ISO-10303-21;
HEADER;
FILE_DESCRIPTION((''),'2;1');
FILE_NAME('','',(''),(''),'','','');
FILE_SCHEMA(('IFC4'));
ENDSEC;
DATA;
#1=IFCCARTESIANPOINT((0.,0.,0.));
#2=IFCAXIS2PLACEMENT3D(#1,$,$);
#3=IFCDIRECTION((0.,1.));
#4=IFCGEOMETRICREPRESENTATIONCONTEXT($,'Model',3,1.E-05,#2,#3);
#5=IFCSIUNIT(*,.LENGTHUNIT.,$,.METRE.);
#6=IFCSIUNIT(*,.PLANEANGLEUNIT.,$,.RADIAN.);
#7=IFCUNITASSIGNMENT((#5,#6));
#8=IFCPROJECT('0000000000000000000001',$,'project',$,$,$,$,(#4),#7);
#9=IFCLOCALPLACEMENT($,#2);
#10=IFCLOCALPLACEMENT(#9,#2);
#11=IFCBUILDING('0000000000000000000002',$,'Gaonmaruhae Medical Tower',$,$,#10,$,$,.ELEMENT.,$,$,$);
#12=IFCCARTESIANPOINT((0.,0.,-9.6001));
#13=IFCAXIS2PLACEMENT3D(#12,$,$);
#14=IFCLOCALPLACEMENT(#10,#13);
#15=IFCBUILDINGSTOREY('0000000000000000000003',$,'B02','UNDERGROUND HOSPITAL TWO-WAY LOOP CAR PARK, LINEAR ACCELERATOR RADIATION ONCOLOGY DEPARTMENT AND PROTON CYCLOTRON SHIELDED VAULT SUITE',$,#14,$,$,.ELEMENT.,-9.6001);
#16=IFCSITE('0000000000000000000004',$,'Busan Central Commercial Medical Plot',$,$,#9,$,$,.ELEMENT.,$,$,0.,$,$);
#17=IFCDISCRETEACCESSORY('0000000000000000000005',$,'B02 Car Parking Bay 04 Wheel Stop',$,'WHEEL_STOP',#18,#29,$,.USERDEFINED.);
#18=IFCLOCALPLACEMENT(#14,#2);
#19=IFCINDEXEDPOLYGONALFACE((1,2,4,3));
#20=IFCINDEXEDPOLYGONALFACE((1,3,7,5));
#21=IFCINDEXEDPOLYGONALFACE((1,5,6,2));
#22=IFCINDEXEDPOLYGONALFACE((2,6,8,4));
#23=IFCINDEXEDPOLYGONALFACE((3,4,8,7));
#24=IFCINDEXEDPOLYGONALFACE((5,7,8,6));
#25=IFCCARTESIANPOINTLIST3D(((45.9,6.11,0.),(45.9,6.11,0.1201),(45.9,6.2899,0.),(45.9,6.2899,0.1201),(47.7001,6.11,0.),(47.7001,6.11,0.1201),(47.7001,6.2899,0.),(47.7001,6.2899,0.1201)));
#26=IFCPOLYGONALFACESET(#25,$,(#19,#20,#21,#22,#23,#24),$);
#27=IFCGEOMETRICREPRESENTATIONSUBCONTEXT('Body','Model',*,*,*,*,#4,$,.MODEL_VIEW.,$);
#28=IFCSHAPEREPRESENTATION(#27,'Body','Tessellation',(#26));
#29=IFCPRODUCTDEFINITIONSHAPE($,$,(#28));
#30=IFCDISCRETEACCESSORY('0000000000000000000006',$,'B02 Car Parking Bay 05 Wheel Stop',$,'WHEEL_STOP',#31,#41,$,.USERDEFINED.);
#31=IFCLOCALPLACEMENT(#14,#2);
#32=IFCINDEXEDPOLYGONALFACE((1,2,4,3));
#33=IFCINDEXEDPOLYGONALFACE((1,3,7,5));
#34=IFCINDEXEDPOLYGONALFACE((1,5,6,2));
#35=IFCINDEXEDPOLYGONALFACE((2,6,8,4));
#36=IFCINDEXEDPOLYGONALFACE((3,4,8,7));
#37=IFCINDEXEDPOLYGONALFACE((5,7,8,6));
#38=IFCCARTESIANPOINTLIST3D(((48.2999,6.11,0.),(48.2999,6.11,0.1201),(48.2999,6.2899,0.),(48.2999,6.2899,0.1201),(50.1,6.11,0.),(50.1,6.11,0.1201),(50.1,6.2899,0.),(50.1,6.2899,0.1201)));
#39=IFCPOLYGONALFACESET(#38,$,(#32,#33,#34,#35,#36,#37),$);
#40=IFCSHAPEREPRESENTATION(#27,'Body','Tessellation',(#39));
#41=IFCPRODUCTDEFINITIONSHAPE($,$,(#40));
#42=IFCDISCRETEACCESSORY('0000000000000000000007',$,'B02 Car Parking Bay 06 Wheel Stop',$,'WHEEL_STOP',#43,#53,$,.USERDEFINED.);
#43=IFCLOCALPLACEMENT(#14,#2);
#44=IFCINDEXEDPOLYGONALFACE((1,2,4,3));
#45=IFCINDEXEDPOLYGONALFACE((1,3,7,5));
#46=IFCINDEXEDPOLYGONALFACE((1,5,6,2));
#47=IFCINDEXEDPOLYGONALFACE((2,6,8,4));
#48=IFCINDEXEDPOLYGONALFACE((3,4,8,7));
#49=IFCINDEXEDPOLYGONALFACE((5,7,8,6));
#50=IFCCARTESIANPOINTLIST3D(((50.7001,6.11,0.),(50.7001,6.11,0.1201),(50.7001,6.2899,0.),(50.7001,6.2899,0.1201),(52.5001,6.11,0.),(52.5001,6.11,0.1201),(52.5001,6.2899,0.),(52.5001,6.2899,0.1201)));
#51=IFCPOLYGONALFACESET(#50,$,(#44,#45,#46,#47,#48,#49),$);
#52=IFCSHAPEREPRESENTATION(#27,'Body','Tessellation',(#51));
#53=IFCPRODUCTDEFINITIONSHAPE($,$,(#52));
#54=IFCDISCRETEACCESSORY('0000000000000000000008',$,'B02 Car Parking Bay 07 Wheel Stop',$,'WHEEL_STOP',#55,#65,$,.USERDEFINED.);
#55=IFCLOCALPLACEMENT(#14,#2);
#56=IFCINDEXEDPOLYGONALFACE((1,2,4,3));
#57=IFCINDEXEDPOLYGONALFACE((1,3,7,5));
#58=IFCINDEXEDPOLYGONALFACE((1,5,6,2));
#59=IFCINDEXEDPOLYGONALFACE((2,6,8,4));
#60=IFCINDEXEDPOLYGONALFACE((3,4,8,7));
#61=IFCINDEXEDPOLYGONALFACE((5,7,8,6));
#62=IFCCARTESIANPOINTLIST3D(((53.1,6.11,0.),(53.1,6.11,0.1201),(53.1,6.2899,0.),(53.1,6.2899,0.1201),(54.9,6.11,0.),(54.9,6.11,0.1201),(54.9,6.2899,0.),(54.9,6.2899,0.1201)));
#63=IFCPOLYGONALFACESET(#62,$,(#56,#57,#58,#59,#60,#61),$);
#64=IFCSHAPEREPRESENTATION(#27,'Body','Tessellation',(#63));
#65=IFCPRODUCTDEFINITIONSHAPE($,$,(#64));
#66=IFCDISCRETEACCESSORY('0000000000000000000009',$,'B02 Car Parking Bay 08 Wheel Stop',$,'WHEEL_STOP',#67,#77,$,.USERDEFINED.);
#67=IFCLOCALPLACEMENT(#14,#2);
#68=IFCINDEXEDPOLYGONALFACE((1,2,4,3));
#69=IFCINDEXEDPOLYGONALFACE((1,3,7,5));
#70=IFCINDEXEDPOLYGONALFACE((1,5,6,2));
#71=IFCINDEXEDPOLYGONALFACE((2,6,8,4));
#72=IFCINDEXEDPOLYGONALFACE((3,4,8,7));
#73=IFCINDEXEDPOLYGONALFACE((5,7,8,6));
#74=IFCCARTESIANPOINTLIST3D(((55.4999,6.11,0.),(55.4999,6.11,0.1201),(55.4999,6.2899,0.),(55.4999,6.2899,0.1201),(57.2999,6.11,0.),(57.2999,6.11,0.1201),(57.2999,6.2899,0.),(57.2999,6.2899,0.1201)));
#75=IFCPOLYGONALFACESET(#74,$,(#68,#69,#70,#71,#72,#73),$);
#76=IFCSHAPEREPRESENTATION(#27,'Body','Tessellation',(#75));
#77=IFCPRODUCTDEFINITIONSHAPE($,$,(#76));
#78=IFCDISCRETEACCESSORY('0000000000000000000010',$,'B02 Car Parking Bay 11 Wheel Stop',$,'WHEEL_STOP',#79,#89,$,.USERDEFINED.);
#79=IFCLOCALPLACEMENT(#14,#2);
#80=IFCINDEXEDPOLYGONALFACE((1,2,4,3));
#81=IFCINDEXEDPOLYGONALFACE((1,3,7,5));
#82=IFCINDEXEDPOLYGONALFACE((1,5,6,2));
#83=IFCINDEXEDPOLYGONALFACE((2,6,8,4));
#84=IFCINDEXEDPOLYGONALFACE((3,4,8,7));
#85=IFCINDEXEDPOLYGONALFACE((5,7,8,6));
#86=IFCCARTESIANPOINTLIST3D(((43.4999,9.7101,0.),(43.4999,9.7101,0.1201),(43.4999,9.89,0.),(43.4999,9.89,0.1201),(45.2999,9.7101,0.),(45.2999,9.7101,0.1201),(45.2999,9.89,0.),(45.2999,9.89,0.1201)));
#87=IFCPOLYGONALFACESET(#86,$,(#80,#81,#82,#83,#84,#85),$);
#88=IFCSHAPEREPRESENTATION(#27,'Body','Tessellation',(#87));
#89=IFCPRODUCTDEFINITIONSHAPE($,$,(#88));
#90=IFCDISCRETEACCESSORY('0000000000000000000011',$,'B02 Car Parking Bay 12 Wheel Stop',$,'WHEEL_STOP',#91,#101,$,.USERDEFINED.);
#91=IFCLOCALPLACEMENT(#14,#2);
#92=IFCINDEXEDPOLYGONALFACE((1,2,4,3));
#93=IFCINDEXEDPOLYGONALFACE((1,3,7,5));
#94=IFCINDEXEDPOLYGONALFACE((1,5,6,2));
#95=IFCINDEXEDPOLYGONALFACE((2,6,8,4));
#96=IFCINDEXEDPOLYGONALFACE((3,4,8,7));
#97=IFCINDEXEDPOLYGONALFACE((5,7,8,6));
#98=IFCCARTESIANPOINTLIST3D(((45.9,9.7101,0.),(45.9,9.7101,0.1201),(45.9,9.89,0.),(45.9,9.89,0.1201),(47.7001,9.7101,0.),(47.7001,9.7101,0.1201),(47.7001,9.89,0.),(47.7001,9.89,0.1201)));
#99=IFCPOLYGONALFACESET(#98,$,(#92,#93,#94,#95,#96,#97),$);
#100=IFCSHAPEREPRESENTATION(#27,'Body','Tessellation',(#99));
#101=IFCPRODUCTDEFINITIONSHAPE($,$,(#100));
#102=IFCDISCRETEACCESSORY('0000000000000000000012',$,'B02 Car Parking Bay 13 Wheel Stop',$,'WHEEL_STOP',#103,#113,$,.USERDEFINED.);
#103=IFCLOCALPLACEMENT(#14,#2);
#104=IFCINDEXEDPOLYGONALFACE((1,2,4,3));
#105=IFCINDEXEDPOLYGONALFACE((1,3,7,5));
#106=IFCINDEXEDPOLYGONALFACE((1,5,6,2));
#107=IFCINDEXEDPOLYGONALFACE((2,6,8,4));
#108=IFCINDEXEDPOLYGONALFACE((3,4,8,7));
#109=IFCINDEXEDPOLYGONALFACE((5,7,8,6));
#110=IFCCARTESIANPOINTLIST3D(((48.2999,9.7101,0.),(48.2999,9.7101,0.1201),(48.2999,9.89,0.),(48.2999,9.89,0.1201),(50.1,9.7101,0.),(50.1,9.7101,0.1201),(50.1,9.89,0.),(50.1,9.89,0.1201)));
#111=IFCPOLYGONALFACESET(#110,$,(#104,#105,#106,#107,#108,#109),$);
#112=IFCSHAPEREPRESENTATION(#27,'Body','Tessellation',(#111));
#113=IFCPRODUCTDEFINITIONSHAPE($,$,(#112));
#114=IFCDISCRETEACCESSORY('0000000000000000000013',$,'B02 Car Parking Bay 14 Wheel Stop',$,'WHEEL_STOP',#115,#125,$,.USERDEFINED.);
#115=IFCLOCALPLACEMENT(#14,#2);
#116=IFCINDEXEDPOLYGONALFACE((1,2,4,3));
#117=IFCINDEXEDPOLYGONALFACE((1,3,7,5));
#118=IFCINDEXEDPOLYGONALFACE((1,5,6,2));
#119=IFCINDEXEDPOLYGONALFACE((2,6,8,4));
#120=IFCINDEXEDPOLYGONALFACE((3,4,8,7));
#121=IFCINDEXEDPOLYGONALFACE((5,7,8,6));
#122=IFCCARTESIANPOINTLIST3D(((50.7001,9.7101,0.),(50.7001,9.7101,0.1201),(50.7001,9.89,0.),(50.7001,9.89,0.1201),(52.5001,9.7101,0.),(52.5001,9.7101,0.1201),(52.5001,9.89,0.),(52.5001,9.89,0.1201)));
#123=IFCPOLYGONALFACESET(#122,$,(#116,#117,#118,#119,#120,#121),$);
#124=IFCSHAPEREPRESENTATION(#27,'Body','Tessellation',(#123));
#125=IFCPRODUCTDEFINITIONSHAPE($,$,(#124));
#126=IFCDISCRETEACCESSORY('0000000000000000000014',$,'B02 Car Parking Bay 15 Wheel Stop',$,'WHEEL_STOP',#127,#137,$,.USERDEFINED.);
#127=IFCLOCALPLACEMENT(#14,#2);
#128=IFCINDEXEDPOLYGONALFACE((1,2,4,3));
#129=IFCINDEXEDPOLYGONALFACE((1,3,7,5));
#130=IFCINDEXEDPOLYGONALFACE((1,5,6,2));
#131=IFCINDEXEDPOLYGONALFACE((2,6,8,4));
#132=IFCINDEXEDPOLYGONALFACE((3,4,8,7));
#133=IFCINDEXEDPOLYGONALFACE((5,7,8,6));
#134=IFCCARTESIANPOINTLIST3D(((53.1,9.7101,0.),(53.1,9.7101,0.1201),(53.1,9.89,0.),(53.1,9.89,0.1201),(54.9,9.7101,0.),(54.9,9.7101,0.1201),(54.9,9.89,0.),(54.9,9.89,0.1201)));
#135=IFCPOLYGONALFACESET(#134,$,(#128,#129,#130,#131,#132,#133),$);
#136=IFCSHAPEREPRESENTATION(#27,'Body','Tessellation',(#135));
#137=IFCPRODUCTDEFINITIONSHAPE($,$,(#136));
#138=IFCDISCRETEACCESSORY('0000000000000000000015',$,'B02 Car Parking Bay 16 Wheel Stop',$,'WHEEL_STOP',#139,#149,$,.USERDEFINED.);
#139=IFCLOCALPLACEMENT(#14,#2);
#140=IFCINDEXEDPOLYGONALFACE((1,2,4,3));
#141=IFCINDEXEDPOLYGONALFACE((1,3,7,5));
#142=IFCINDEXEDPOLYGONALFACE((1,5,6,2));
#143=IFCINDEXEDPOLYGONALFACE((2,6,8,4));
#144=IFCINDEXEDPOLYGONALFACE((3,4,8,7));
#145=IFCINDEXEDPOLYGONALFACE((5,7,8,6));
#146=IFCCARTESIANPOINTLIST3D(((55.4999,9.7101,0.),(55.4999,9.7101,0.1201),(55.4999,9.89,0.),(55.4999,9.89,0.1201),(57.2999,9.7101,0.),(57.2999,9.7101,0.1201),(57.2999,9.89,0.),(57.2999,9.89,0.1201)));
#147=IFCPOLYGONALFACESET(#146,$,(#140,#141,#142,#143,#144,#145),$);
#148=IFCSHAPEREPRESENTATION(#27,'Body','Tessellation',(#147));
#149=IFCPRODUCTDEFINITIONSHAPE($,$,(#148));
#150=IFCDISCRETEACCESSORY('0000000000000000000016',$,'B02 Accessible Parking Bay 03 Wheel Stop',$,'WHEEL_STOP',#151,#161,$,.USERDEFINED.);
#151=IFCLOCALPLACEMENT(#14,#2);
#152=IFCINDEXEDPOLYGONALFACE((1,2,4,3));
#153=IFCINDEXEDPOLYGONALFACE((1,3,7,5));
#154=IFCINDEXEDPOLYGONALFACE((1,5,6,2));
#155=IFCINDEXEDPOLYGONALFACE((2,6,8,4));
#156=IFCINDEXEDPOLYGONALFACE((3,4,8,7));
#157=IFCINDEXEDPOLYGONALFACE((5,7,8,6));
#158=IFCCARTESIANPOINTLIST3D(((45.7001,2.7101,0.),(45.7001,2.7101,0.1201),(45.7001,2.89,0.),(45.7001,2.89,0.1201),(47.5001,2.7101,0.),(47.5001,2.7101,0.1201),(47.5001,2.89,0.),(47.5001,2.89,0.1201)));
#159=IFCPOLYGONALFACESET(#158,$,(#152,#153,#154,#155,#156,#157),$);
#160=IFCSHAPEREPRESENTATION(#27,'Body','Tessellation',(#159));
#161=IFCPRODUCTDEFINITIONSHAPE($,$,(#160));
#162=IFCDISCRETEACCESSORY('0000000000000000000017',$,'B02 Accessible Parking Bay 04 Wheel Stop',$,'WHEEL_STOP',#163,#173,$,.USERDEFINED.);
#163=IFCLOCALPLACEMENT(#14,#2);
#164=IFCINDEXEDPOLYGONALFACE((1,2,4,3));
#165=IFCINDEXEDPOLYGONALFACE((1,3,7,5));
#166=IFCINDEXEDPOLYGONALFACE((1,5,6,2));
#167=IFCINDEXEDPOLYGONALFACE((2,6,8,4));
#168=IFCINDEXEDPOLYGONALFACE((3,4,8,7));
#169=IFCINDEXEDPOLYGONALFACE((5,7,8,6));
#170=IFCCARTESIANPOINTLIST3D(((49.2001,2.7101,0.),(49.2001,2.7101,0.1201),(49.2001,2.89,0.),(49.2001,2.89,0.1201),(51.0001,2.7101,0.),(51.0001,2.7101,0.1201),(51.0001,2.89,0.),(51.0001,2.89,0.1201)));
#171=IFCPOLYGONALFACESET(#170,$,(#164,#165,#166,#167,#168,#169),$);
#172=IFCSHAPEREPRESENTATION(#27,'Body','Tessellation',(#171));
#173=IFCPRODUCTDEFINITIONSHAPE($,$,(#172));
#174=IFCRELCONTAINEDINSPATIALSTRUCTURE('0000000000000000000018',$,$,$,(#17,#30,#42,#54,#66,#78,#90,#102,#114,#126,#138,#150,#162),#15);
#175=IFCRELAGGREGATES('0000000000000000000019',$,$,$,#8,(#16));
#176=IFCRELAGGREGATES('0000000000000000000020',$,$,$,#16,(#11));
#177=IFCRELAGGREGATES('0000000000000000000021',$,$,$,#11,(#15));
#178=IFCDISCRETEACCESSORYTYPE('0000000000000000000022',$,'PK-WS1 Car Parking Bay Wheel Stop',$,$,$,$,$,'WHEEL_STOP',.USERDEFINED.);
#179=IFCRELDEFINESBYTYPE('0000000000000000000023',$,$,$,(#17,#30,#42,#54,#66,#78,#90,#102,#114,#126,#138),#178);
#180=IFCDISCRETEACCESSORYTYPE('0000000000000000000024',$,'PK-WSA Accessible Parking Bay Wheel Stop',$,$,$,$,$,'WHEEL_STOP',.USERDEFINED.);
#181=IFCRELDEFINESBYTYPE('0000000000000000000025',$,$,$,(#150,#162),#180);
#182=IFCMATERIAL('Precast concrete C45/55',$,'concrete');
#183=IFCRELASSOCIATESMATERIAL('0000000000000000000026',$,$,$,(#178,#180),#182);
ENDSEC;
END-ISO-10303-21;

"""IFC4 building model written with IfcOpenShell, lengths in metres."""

from ifc_helpers import new_model, si_unit, direction, frame, origin, origin_2d, place, context, subcontext, project, spatial, rectangle, extrude, material, type_object, element, save


model = new_model("IFC4")

# Units and contexts
model_context = context("Model", 3, precision=1e-05, world=origin(), true_north=direction((0.0, 1.0)))
body_context = subcontext(model_context, "Body", "Model", "MODEL_VIEW")
ifc_project = project(units=[si_unit("LENGTHUNIT", "METRE"), si_unit("PLANEANGLEUNIT", "RADIAN")], contexts=[model_context])

# Site, building, storey
site_placement = place(None, origin())
site = spatial("IfcSite", under=ifc_project, at=site_placement, Name="Busan Central Commercial Medical Plot", CompositionType="ELEMENT", RefElevation=0.0)
building_placement = place(site_placement, origin())
building = spatial("IfcBuilding", under=site, at=building_placement, Name="Gaonmaruhae Medical Tower", CompositionType="ELEMENT")
storey_placement = place(building_placement, frame((0.0, 0.0, -9.6001)))
storey = spatial("IfcBuildingStorey", under=building, at=storey_placement, Name="B02", Description="UNDERGROUND HOSPITAL TWO-WAY LOOP CAR PARK, LINEAR ACCELERATOR RADIATION ONCOLOGY DEPARTMENT AND PROTON CYCLOTRON SHIELDED VAULT SUITE", CompositionType="ELEMENT", Elevation=-9.6001)

# Discrete accessories
ifc_material_1 = material(Name="Precast concrete C45/55", Category="concrete")
discrete_accessory_type_1 = type_object("IfcDiscreteAccessoryType", Name="PK-WS1 Car Parking Bay Wheel Stop", ElementType="WHEEL_STOP", PredefinedType="USERDEFINED", material=ifc_material_1)
for number, where, z_axis, x_axis, name in (
    (1, (46.8, 6.2, 0.0), (0.0, 0.0, 1.0), (1.0, 0.0, 0.0), "B02 Car Parking Bay 04 Wheel Stop"),
    (2, (49.2, 6.2, 0.0), (0.0, 0.0, 1.0), (1.0, 0.0, 0.0), "B02 Car Parking Bay 05 Wheel Stop"),
    (3, (51.6001, 6.2, 0.0), (0.0, 0.0, 1.0), (1.0, 0.0, 0.0), "B02 Car Parking Bay 06 Wheel Stop"),
    (4, (54.0, 6.2, 0.0), (0.0, 0.0, 1.0), (1.0, 0.0, 0.0), "B02 Car Parking Bay 07 Wheel Stop"),
    (5, (56.3999, 6.2, 0.0), (0.0, 0.0, 1.0), (1.0, 0.0, 0.0), "B02 Car Parking Bay 08 Wheel Stop"),
    (6, (44.3999, 9.8, 0.0), (0.0, 0.0, 1.0), (1.0, 0.0, 0.0), "B02 Car Parking Bay 11 Wheel Stop"),
    (7, (46.8, 9.8, 0.0), (0.0, 0.0, 1.0), (1.0, 0.0, 0.0), "B02 Car Parking Bay 12 Wheel Stop"),
    (8, (49.2, 9.8, 0.0), (0.0, 0.0, 1.0), (1.0, 0.0, 0.0), "B02 Car Parking Bay 13 Wheel Stop"),
    (9, (51.6001, 9.8, 0.0), (0.0, 0.0, 1.0), (1.0, 0.0, 0.0), "B02 Car Parking Bay 14 Wheel Stop"),
    (10, (54.0, 9.8, 0.0), (0.0, 0.0, 1.0), (1.0, 0.0, 0.0), "B02 Car Parking Bay 15 Wheel Stop"),
    (11, (56.3999, 9.8, 0.0), (0.0, 0.0, 1.0), (1.0, 0.0, 0.0), "B02 Car Parking Bay 16 Wheel Stop"),
):
    element("IfcDiscreteAccessory", number, at=place(storey_placement, frame(where, z_axis=z_axis, x_axis=x_axis)), inside=storey, type_object=discrete_accessory_type_1, Name=name, ObjectType="WHEEL_STOP", PredefinedType="USERDEFINED", context=body_context, shape_type="SweptSolid", body=[
        extrude(rectangle(XDim=1.8, YDim=0.1799, at=origin_2d()), origin(), (0.0, 0.0, 1.0), 0.1201),
    ])
discrete_accessory_type_2 = type_object("IfcDiscreteAccessoryType", Name="PK-WSA Accessible Parking Bay Wheel Stop", ElementType="WHEEL_STOP", PredefinedType="USERDEFINED", material=ifc_material_1)
for number, where, z_axis, x_axis, name in (
    (12, (46.6001, 2.8, 0.0), (0.0, 0.0, 1.0), (1.0, 0.0, 0.0), "B02 Accessible Parking Bay 03 Wheel Stop"),
    (13, (50.1001, 2.8, 0.0), (0.0, 0.0, 1.0), (1.0, 0.0, 0.0), "B02 Accessible Parking Bay 04 Wheel Stop"),
):
    element("IfcDiscreteAccessory", number, at=place(storey_placement, frame(where, z_axis=z_axis, x_axis=x_axis)), inside=storey, type_object=discrete_accessory_type_2, Name=name, ObjectType="WHEEL_STOP", PredefinedType="USERDEFINED", context=body_context, shape_type="SweptSolid", body=[
        extrude(rectangle(XDim=1.8, YDim=0.1799, at=origin_2d()), origin(), (0.0, 0.0, 1.0), 0.1201),
    ])

save(model, "model.ifc")
